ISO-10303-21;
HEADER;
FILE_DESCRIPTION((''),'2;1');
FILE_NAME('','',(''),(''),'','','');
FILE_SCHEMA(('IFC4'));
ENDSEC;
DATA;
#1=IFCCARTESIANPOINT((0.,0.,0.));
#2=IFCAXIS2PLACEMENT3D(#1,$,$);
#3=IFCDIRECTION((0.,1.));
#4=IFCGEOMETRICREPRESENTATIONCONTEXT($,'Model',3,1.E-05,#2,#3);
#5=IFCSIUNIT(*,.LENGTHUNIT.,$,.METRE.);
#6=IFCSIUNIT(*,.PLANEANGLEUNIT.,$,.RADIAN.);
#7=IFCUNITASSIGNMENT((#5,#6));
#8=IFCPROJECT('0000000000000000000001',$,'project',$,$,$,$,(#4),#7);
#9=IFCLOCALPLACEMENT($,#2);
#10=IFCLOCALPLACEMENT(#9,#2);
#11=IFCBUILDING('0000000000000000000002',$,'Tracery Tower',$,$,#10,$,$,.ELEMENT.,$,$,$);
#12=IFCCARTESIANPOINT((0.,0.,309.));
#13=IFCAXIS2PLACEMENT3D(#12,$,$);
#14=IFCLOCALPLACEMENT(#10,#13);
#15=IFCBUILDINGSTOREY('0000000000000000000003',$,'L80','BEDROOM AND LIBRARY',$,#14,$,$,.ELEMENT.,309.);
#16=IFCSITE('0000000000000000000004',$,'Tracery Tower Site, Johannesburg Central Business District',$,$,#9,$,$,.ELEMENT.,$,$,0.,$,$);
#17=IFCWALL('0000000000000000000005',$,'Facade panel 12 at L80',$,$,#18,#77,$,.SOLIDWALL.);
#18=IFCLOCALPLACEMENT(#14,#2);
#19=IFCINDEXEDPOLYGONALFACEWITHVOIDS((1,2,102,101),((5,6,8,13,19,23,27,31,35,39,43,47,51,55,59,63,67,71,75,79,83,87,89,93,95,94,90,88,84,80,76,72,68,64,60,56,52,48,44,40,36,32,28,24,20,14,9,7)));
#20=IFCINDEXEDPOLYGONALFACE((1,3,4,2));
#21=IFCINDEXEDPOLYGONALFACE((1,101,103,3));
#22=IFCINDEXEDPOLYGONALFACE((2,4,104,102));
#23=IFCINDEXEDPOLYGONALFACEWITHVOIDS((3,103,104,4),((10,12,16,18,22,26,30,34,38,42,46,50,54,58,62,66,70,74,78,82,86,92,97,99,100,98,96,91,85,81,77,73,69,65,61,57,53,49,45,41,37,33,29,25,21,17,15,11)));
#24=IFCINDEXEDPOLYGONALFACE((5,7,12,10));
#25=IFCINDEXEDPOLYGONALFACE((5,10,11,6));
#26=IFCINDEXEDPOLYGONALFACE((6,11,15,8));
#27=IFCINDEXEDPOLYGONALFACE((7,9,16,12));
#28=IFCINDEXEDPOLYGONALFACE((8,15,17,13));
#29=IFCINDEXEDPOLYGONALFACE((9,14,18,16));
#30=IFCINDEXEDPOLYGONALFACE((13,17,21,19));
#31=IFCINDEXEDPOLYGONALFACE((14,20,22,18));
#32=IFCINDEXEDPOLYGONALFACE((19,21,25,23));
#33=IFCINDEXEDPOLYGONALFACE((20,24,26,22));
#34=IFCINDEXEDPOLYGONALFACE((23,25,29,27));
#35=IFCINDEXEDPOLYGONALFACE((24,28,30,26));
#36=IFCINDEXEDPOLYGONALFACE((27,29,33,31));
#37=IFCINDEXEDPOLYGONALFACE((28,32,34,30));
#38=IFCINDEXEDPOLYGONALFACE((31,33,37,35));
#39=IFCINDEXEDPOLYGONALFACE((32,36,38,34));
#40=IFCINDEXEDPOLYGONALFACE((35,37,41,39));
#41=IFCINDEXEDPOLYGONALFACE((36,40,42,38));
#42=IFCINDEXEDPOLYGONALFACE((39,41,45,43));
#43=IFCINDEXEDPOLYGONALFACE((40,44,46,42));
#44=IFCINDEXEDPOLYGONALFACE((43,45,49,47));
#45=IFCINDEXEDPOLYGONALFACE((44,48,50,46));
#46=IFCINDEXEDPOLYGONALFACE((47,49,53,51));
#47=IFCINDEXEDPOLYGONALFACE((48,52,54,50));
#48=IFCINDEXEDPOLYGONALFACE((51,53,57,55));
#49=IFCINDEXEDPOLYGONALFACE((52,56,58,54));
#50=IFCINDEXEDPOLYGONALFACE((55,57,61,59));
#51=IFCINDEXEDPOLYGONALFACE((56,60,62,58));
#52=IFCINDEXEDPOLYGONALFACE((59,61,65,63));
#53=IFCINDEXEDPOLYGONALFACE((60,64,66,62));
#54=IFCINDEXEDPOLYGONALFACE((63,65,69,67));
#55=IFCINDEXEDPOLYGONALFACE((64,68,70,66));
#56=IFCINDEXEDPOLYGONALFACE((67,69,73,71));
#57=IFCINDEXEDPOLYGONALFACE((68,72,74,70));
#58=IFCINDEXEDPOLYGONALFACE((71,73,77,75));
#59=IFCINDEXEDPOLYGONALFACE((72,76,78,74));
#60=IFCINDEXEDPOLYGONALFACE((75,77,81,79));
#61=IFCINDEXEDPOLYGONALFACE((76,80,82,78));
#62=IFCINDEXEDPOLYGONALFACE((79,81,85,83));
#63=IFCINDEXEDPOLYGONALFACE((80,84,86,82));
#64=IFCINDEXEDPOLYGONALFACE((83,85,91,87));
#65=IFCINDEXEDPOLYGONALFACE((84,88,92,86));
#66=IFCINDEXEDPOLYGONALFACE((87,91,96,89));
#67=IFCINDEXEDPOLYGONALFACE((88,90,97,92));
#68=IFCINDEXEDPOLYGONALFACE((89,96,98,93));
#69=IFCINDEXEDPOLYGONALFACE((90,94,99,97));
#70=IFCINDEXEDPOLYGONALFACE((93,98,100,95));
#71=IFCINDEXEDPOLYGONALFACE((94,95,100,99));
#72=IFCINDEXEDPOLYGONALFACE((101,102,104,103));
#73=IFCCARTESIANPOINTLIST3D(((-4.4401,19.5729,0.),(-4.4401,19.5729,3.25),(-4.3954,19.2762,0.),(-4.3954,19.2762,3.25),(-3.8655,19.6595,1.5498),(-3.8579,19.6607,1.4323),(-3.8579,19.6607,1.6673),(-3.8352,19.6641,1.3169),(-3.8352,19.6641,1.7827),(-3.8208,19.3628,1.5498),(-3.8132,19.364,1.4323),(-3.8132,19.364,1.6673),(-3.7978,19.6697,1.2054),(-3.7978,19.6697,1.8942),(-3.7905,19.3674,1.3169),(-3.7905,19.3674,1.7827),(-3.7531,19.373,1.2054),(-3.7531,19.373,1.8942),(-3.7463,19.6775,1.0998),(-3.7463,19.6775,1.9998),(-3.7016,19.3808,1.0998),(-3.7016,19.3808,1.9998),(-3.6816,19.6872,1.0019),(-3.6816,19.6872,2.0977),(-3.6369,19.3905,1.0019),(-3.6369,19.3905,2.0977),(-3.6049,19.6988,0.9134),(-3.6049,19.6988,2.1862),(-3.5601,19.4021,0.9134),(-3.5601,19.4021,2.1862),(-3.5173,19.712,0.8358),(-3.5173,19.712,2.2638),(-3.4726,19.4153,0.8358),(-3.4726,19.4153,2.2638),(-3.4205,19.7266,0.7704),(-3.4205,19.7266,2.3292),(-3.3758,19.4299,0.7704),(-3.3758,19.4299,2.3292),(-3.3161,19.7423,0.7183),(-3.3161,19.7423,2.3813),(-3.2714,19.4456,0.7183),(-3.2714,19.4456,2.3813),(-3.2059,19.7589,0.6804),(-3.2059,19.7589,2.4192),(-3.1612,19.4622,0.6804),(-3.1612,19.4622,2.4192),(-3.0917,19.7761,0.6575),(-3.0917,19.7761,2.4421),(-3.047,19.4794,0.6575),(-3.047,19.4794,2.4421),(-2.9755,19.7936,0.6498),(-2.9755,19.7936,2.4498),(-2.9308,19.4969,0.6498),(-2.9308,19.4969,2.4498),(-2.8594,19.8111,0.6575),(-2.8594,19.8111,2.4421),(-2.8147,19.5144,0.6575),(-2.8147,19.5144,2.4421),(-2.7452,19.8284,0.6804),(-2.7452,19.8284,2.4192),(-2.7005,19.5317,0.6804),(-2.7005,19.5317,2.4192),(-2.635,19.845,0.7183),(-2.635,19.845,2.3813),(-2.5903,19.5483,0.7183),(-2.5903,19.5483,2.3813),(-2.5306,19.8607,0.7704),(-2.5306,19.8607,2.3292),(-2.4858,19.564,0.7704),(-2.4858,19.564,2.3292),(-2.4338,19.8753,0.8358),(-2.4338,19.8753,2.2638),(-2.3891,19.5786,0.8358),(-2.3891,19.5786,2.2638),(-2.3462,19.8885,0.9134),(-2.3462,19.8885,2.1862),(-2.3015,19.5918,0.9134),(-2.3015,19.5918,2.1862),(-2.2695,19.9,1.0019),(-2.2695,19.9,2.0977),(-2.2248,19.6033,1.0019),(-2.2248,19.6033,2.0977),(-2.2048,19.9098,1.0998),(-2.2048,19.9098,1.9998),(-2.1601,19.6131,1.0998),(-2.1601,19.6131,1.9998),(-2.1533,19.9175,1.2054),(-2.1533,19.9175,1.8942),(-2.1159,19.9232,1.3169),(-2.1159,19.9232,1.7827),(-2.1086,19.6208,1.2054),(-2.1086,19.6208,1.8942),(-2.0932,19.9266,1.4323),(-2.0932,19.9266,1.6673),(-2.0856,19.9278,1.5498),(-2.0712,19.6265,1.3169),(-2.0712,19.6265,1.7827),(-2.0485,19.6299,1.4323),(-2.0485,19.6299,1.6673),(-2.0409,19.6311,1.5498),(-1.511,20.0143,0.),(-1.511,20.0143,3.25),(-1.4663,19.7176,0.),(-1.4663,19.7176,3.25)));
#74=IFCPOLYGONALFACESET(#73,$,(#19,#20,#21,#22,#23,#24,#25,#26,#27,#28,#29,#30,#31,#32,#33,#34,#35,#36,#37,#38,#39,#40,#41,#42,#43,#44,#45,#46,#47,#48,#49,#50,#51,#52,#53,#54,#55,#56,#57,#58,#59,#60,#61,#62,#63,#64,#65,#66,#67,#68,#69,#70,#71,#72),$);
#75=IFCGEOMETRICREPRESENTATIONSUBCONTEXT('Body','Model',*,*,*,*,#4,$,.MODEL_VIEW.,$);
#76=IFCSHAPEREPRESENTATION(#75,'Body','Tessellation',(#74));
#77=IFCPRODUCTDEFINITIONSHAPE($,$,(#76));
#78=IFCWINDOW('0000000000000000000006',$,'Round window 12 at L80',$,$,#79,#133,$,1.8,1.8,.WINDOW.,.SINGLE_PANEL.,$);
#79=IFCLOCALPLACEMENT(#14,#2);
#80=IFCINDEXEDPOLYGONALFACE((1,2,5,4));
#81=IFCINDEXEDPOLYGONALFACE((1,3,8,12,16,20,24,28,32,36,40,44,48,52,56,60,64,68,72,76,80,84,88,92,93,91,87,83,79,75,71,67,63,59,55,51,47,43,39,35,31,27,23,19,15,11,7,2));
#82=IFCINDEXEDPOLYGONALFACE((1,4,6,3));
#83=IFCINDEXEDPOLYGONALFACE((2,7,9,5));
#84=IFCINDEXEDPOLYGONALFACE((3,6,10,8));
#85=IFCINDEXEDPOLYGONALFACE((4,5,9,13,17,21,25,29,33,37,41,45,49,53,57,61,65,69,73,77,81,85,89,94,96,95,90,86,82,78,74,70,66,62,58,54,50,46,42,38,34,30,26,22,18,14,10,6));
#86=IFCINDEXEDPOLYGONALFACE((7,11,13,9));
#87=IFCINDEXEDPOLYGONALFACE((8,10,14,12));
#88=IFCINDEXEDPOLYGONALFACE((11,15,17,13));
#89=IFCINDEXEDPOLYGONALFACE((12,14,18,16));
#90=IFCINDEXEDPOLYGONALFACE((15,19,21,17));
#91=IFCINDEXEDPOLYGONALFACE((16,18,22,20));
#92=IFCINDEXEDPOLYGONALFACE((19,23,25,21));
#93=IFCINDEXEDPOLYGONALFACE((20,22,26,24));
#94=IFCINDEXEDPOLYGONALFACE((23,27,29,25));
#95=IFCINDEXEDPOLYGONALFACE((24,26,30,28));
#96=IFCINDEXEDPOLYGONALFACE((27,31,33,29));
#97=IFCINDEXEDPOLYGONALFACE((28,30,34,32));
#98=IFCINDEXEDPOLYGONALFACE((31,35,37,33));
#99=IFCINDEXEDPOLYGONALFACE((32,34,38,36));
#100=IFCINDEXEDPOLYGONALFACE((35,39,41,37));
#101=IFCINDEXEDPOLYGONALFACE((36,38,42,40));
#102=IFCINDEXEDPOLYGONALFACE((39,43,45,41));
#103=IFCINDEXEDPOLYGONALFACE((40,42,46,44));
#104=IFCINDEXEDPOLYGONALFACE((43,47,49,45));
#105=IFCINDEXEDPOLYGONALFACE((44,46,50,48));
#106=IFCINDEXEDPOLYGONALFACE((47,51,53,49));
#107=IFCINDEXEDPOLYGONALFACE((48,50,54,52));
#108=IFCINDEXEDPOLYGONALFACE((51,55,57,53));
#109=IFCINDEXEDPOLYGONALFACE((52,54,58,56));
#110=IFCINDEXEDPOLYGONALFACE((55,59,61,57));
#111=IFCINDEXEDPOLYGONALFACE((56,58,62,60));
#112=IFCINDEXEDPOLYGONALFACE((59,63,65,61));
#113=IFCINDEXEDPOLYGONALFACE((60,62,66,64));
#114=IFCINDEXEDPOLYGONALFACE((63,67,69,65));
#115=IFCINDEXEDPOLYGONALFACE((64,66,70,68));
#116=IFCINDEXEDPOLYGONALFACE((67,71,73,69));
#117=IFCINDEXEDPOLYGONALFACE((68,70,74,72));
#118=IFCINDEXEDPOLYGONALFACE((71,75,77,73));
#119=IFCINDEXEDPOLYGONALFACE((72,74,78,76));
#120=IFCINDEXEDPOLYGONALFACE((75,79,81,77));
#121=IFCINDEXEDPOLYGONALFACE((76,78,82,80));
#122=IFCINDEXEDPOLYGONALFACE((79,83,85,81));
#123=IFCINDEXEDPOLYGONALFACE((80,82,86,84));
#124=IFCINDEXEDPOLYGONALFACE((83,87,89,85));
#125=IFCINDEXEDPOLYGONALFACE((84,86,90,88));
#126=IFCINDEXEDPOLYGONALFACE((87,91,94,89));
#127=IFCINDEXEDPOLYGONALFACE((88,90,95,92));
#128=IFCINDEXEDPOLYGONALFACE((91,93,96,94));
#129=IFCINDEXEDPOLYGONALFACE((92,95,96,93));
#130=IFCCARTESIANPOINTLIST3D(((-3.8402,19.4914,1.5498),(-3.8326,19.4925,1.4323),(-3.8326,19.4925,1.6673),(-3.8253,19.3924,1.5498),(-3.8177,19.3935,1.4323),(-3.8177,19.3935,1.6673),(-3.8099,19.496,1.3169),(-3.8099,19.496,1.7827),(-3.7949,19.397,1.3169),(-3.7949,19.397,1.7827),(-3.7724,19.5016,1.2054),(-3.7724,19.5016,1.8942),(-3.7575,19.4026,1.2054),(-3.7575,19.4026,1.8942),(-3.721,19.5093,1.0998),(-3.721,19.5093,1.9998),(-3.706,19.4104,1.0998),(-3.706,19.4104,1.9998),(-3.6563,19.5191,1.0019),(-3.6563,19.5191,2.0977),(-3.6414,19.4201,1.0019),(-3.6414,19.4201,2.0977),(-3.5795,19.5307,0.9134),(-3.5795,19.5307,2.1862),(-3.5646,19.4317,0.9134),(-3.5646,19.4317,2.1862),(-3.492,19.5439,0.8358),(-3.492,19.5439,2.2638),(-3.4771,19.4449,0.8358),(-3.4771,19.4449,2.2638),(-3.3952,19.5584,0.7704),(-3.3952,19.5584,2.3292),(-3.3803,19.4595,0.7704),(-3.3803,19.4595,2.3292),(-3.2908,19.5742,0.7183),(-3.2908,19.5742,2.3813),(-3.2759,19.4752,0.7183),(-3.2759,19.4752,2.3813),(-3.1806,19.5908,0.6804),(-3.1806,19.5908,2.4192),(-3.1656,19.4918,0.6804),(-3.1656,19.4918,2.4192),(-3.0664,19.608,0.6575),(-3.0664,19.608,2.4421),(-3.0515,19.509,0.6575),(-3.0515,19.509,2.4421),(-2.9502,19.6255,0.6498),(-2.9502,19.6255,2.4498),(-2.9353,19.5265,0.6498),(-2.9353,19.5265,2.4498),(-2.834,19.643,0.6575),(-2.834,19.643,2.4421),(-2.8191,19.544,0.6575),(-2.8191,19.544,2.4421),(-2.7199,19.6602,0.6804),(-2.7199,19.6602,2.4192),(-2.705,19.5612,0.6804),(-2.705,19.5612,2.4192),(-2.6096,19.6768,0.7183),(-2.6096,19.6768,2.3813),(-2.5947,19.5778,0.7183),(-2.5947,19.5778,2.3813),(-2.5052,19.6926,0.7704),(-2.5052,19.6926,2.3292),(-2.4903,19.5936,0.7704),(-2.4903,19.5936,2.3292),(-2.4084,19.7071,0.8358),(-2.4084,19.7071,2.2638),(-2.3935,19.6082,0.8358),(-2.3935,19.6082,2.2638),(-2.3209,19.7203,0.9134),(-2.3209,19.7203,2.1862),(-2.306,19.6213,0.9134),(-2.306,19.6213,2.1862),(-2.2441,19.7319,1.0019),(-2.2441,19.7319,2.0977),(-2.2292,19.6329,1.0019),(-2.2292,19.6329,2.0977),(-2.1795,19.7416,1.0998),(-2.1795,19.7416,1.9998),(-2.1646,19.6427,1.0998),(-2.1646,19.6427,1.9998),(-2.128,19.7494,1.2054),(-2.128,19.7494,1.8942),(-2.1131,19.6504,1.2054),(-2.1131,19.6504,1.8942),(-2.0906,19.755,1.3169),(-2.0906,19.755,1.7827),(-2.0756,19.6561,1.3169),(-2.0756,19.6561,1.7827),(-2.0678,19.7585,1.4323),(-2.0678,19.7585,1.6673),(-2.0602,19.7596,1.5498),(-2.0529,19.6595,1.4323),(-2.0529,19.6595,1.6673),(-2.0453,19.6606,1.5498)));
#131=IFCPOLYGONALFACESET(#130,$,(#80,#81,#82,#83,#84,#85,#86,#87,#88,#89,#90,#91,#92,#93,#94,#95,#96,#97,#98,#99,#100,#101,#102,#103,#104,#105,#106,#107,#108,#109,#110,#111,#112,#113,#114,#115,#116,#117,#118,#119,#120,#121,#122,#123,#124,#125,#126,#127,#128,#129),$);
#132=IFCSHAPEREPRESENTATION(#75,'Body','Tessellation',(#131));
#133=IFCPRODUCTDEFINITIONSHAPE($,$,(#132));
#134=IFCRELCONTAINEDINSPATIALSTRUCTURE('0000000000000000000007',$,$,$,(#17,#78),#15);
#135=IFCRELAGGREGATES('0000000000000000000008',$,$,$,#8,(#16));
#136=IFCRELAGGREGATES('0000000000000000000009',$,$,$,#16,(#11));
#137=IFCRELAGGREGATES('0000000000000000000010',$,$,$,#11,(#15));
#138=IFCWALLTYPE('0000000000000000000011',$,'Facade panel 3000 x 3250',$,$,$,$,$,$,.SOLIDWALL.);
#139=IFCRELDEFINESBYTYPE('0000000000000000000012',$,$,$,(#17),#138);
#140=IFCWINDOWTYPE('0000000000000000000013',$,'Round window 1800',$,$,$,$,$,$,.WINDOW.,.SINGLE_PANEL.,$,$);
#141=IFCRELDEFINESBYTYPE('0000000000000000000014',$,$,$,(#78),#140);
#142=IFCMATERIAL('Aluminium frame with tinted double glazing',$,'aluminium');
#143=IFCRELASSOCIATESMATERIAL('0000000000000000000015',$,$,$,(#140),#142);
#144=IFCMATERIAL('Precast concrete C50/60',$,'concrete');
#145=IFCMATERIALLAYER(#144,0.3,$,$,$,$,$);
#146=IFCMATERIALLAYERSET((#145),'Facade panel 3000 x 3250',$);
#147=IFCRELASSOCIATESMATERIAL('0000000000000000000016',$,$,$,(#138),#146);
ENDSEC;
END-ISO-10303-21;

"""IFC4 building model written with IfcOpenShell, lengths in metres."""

from ifc_helpers import new_model, si_unit, direction, frame, frame_2d, origin, origin_2d, place, context, subcontext, project, spatial, rectangle, circle, extrude, material, layer, layer_set, type_object, element, fill, save


model = new_model("IFC4")

# Units and contexts
model_context = context("Model", 3, precision=1e-05, world=origin(), true_north=direction((0.0, 1.0)))
body_context = subcontext(model_context, "Body", "Model", "MODEL_VIEW")
ifc_project = project(units=[si_unit("LENGTHUNIT", "METRE"), si_unit("PLANEANGLEUNIT", "RADIAN")], contexts=[model_context])

# Site, building, storey
site_placement = place(None, origin())
site = spatial("IfcSite", under=ifc_project, at=site_placement, Name="Tracery Tower Site, Johannesburg Central Business District", CompositionType="ELEMENT", RefElevation=0.0)
building_placement = place(site_placement, origin())
building = spatial("IfcBuilding", under=site, at=building_placement, Name="Tracery Tower", CompositionType="ELEMENT")
storey_placement = place(building_placement, frame((0.0, 0.0, 309.0)))
storey = spatial("IfcBuildingStorey", under=building, at=storey_placement, Name="L80", Description="BEDROOM AND LIBRARY", CompositionType="ELEMENT", Elevation=309.0)

# Wall, opening, window
ifc_material_1 = material(Name="Aluminium frame with tinted double glazing", Category="aluminium")
window_type = type_object("IfcWindowType", Name="Round window 1800", PartitioningType="SINGLE_PANEL", PredefinedType="WINDOW", material=ifc_material_1)
ifc_material_2 = material(Name="Precast concrete C50/60", Category="concrete")
ifc_layer_1 = layer(ifc_material_2, 0.3)
ifc_layer_set_1 = layer_set([ifc_layer_1], Name="Facade panel 3000 x 3250")
wall_type_1 = type_object("IfcWallType", Name="Facade panel 3000 x 3250", PredefinedType="SOLIDWALL", material=ifc_layer_set_1)
wall_1_placement = place(storey_placement, frame((-1.4888, 19.866, 0.0), z_axis=(0.0, 0.0, 1.0), x_axis=(-0.988836, -0.149009, 0.0)))
wall_1 = element("IfcWall", 1, at=wall_1_placement, inside=storey, type_object=wall_type_1, Name="Facade panel 12 at L80", PredefinedType="SOLIDWALL", context=body_context, shape_type="SweptSolid", body=[
    extrude(rectangle(XDim=2.9622, YDim=0.3, at=frame_2d((1.481, 0.0))), origin(), (0.0, 0.0, 1.0), 3.25),
])
opening_1_placement = place(wall_1_placement, frame((1.481, 0.0, 1.5498)))
opening_1 = element("IfcOpeningElement", 2, at=opening_1_placement, cuts=wall_1, PredefinedType="OPENING", context=body_context, shape_type="SweptSolid", body=[
    extrude(circle(Radius=0.9, at=origin_2d()), frame((0.0, 0.1599, 0.0), z_axis=(0.0, -1.0, 0.0), x_axis=(1.0, 0.0, 0.0)), (0.0, 0.0, 1.0), 0.3201),
])
window_1_placement = place(opening_1_placement, origin())
window_1 = element("IfcWindow", 3, at=window_1_placement, inside=storey, type_object=window_type, Name="Round window 12 at L80", OverallHeight=1.8, OverallWidth=1.8, PartitioningType="SINGLE_PANEL", PredefinedType="WINDOW", context=body_context, shape_type="SweptSolid", body=[
    extrude(circle(Radius=0.9, at=origin_2d()), frame((0.0, 0.1201, 0.0), z_axis=(0.0, -1.0, 0.0), x_axis=(1.0, 0.0, 0.0)), (0.0, 0.0, 1.0), 0.1001),
])
fill(opening_1, window_1)

save(model, "model.ifc")
